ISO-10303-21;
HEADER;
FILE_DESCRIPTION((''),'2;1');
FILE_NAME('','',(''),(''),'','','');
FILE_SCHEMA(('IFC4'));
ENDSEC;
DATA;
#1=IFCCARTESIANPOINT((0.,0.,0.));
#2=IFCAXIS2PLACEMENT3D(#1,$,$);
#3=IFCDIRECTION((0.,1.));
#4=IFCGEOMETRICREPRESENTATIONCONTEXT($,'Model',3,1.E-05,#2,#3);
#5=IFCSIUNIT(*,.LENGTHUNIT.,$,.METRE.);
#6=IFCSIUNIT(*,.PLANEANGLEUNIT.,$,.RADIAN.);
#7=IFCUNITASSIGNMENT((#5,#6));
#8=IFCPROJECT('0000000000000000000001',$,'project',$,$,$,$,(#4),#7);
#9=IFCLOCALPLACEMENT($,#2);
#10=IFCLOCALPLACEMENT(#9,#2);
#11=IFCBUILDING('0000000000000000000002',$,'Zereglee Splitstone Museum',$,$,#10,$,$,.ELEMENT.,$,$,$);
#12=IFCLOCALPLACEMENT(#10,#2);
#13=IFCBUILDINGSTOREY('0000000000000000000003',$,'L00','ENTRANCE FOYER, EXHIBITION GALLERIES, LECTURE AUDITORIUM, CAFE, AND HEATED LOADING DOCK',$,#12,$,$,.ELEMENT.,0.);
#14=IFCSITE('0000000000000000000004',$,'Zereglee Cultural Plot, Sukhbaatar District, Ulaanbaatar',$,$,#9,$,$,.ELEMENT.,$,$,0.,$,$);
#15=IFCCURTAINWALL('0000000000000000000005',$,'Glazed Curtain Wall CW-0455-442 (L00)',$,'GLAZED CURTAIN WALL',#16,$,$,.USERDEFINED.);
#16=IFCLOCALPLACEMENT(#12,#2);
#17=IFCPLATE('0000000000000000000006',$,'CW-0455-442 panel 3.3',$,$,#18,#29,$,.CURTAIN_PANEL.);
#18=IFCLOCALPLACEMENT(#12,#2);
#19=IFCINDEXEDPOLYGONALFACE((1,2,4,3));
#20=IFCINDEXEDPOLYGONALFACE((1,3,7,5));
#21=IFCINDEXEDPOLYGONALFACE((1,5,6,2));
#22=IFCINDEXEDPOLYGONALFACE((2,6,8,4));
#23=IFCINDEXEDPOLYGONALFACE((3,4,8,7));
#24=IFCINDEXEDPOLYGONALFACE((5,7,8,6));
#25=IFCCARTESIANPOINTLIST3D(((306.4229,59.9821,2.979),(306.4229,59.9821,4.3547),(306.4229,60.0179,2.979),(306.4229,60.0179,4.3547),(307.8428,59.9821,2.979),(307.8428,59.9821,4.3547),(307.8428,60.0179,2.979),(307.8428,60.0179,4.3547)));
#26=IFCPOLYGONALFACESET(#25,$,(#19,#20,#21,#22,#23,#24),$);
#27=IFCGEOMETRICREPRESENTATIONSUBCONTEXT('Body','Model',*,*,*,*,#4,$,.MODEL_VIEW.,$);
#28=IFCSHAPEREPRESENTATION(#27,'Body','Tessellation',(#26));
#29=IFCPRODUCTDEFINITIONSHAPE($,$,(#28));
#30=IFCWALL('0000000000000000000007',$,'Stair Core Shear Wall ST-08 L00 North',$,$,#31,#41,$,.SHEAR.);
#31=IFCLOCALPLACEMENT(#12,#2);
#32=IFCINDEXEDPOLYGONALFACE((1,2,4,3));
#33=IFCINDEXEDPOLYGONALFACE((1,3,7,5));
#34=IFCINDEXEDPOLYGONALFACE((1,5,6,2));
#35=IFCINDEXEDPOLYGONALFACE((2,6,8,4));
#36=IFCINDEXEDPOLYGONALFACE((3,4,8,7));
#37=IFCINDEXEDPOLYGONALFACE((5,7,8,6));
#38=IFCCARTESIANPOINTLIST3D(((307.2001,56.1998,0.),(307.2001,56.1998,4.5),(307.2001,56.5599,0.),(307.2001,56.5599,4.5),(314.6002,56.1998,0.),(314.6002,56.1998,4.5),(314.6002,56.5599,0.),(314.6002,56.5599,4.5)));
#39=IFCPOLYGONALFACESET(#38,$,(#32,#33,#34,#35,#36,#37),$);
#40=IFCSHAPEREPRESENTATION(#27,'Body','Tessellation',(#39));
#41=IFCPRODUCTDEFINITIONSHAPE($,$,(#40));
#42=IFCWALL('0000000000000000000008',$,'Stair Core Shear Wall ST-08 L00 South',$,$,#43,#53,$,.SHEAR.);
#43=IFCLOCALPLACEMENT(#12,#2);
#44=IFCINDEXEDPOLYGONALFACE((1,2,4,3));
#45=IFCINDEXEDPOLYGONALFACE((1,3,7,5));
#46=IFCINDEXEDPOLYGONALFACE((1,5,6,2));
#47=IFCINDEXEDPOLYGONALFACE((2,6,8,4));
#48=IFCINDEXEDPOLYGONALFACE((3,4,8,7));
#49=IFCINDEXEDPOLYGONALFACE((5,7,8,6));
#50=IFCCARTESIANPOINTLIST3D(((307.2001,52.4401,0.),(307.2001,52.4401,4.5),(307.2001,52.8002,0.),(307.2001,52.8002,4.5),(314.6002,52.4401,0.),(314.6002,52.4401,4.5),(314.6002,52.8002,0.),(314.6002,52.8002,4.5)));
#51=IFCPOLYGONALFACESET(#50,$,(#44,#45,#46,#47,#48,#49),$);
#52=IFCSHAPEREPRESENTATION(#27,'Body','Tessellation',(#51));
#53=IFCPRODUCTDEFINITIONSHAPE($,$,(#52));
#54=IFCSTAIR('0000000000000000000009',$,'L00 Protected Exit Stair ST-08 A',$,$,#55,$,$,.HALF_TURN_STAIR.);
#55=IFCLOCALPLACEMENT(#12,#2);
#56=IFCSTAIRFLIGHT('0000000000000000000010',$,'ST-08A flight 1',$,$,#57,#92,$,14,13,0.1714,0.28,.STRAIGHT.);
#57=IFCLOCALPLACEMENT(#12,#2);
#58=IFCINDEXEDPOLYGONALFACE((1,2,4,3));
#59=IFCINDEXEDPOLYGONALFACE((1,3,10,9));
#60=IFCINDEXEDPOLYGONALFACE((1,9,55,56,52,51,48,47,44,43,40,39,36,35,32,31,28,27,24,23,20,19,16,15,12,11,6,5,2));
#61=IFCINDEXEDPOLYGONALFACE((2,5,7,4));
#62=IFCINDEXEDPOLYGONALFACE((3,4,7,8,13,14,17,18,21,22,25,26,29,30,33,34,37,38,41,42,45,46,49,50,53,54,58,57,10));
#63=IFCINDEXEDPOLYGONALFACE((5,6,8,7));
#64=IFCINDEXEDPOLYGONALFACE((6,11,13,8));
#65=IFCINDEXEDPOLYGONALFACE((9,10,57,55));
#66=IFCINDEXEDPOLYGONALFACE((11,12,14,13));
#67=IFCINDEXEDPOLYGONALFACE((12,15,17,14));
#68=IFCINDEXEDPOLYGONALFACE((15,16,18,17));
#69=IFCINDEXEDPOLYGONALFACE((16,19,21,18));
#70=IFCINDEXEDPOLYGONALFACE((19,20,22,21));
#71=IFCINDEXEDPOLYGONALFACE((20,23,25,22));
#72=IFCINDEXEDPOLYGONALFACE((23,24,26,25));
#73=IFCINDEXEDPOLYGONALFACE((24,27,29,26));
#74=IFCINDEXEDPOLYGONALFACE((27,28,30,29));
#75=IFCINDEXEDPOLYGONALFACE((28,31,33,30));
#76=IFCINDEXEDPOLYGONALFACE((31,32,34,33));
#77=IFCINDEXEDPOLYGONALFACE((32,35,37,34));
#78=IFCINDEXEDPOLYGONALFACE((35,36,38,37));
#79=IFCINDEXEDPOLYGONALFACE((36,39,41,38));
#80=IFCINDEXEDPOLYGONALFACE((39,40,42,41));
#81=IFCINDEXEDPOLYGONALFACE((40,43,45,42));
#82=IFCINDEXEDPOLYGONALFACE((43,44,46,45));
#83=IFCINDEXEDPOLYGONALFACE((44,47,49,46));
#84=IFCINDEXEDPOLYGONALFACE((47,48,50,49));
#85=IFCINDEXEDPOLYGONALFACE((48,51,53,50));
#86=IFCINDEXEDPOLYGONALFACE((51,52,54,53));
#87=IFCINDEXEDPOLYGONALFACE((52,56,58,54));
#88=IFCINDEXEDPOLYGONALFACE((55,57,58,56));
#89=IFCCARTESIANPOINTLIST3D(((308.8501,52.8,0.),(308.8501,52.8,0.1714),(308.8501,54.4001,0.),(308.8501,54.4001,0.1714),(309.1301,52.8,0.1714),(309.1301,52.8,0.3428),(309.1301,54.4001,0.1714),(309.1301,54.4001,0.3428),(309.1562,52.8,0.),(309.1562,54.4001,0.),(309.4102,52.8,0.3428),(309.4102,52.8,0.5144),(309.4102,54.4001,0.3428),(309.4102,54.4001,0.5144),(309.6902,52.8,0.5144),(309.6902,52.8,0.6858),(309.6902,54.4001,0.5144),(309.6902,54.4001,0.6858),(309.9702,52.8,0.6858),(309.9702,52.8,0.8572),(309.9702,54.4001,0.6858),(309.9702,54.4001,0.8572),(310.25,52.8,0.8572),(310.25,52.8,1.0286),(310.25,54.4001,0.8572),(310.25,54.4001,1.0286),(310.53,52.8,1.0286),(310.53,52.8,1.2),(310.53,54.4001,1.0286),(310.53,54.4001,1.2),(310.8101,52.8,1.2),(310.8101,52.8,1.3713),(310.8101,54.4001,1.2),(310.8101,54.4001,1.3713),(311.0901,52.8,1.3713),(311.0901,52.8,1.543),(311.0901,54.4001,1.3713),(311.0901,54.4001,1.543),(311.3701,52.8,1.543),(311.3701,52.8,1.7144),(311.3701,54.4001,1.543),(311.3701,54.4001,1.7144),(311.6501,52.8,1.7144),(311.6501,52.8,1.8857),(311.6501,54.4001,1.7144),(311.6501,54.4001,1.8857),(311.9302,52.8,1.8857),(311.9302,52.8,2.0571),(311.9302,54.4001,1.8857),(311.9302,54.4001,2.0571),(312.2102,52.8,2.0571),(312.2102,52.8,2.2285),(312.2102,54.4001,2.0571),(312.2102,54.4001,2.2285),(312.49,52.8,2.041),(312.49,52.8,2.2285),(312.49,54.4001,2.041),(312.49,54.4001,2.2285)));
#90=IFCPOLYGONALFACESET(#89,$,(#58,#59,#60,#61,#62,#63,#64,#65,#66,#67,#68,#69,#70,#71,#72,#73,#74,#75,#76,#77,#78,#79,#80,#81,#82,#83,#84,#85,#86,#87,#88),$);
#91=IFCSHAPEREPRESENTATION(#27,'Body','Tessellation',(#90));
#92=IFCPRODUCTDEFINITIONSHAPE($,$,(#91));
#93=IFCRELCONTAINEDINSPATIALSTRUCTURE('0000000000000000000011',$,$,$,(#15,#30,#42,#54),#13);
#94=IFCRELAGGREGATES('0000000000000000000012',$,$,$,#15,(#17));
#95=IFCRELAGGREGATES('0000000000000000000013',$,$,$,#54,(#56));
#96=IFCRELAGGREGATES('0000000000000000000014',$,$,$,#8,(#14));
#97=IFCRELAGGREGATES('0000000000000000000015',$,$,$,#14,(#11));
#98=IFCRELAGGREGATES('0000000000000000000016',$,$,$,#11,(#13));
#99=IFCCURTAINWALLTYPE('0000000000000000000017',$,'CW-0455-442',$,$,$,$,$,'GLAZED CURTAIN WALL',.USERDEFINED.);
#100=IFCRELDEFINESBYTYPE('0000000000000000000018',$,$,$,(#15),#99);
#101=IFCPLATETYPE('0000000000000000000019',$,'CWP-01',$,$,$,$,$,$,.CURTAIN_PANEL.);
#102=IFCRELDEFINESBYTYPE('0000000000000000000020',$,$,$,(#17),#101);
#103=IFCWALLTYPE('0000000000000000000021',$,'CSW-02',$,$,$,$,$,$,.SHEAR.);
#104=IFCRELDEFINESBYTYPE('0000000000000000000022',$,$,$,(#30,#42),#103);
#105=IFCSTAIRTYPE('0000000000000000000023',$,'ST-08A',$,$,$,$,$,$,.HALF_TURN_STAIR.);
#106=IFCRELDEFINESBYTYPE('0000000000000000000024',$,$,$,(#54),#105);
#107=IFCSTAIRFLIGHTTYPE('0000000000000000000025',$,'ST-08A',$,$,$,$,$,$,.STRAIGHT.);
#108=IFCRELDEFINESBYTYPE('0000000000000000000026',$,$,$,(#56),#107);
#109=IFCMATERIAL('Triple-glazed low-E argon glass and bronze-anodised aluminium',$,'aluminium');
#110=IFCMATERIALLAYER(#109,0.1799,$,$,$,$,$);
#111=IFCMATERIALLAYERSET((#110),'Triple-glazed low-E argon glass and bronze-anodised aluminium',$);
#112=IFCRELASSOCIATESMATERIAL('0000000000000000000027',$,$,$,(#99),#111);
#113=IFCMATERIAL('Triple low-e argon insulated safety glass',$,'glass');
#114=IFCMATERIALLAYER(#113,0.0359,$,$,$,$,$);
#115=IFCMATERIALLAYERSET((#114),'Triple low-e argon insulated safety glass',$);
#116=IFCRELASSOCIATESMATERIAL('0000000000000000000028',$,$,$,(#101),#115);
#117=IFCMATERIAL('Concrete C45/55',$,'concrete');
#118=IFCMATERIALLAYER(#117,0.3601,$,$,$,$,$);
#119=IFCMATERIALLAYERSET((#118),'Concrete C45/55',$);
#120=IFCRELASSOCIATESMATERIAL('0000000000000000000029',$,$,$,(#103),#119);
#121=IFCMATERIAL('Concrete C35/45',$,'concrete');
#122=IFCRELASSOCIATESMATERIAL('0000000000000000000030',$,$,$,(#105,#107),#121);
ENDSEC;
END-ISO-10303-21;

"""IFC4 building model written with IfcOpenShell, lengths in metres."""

from ifc_helpers import new_model, si_unit, direction, frame, frame_2d, origin, origin_2d, place, context, subcontext, project, spatial, polyline, rectangle, outline, extrude, material, layer, layer_set, type_object, element, aggregate, save


model = new_model("IFC4")

# Units and contexts
model_context = context("Model", 3, precision=1e-05, world=origin(), true_north=direction((0.0, 1.0)))
body_context = subcontext(model_context, "Body", "Model", "MODEL_VIEW")
ifc_project = project(units=[si_unit("LENGTHUNIT", "METRE"), si_unit("PLANEANGLEUNIT", "RADIAN")], contexts=[model_context])

# Site, building, storey
site_placement = place(None, origin())
site = spatial("IfcSite", under=ifc_project, at=site_placement, Name="Zereglee Cultural Plot, Sukhbaatar District, Ulaanbaatar", CompositionType="ELEMENT", RefElevation=0.0)
building_placement = place(site_placement, origin())
building = spatial("IfcBuilding", under=site, at=building_placement, Name="Zereglee Splitstone Museum", CompositionType="ELEMENT")
storey_placement = place(building_placement, origin())
storey = spatial("IfcBuildingStorey", under=building, at=storey_placement, Name="L00", Description="ENTRANCE FOYER, EXHIBITION GALLERIES, LECTURE AUDITORIUM, CAFE, AND HEATED LOADING DOCK", CompositionType="ELEMENT", Elevation=0.0)

# Curtain wall, plate
ifc_material_1 = material(Name="Triple-glazed low-E argon glass and bronze-anodised aluminium", Category="aluminium")
ifc_layer_1 = layer(ifc_material_1, 0.1799)
ifc_layer_set_1 = layer_set([ifc_layer_1], Name="Triple-glazed low-E argon glass and bronze-anodised aluminium")
curtain_wall_type = type_object("IfcCurtainWallType", Name="CW-0455-442", ElementType="GLAZED CURTAIN WALL", PredefinedType="USERDEFINED", material=ifc_layer_set_1)
curtain_wall_placement = place(storey_placement, origin())
curtain_wall = element("IfcCurtainWall", 1, at=curtain_wall_placement, inside=storey, type_object=curtain_wall_type, Name="Glazed Curtain Wall CW-0455-442 (L00)", ObjectType="GLAZED CURTAIN WALL", PredefinedType="USERDEFINED")
ifc_material_2 = material(Name="Triple low-e argon insulated safety glass", Category="glass")
ifc_layer_2 = layer(ifc_material_2, 0.0359)
ifc_layer_set_2 = layer_set([ifc_layer_2], Name="Triple low-e argon insulated safety glass")
plate_type = type_object("IfcPlateType", Name="CWP-01", PredefinedType="CURTAIN_PANEL", material=ifc_layer_set_2)
plate_1_placement = place(storey_placement, frame((307.1328, 60.0, 2.979), z_axis=(0.0, 0.0, 1.0), x_axis=(-1.0, 0.0, 0.0)))
plate_1 = element("IfcPlate", 2, at=plate_1_placement, type_object=plate_type, Name="CW-0455-442 panel 3.3", PredefinedType="CURTAIN_PANEL", context=body_context, shape_type="SweptSolid", body=[
    extrude(rectangle(XDim=1.4199, YDim=0.0359, at=origin_2d()), origin(), (0.0, 0.0, 1.0), 1.3757),
])
aggregate(curtain_wall, [plate_1])

# Walls
ifc_material_3 = material(Name="Concrete C45/55", Category="concrete")
ifc_layer_3 = layer(ifc_material_3, 0.3601)
ifc_layer_set_3 = layer_set([ifc_layer_3], Name="Concrete C45/55")
wall_type = type_object("IfcWallType", Name="CSW-02", PredefinedType="SHEAR", material=ifc_layer_set_3)
for number, where, z_axis, x_axis, name in (
    (3, (307.2, 56.3799, 0.0), (0.0, 0.0, 1.0), (1.0, 0.0, 0.0), "Stair Core Shear Wall ST-08 L00 North"),
    (4, (307.2, 52.6201, 0.0), (0.0, 0.0, 1.0), (1.0, 0.0, 0.0), "Stair Core Shear Wall ST-08 L00 South"),
):
    element("IfcWall", number, at=place(storey_placement, frame(where, z_axis=z_axis, x_axis=x_axis)), inside=storey, type_object=wall_type, Name=name, PredefinedType="SHEAR", context=body_context, shape_type="SweptSolid", body=[
        extrude(rectangle(XDim=7.4001, YDim=0.3601, at=frame_2d((3.7002, 0.0))), origin(), (0.0, 0.0, 1.0), 4.5),
    ])

# Stair, stair flight
ifc_material_4 = material(Name="Concrete C35/45", Category="concrete")
stair_type = type_object("IfcStairType", Name="ST-08A", PredefinedType="HALF_TURN_STAIR", material=ifc_material_4)
stair_placement = place(storey_placement, origin())
stair = element("IfcStair", 5, at=stair_placement, inside=storey, type_object=stair_type, Name="L00 Protected Exit Stair ST-08 A", PredefinedType="HALF_TURN_STAIR")
stair_flight_type = type_object("IfcStairFlightType", Name="ST-08A", PredefinedType="STRAIGHT", material=ifc_material_4)
stair_flight_placement = place(storey_placement, frame((308.8501, 53.6001, 0.0), z_axis=(0.0, 0.0, 1.0), x_axis=(1.0, 0.0, 0.0)))
stair_flight = element("IfcStairFlight", 6, at=stair_flight_placement, type_object=stair_flight_type, Name="ST-08A flight 1", NumberOfRisers=14, NumberOfTreads=13, PredefinedType="STRAIGHT", RiserHeight=0.1714, TreadLength=0.28, context=body_context, shape_type="SweptSolid", body=[
    extrude(outline(polyline([(0.0, 0.0), (0.0, 0.1714), (0.28, 0.1714), (0.28, 0.3428), (0.5601, 0.3428), (0.5601, 0.5144), (0.8401, 0.5144), (0.8401, 0.6858), (1.1201, 0.6858), (1.1201, 0.8572), (1.3999, 0.8572), (1.3999, 1.0286), (1.6799, 1.0286), (1.6799, 1.2), (1.96, 1.2), (1.96, 1.3713), (2.24, 1.3713), (2.24, 1.543), (2.52, 1.543), (2.52, 1.7144), (2.8, 1.7144), (2.8, 1.8857), (3.0801, 1.8857), (3.0801, 2.0571), (3.3601, 2.0571), (3.3601, 2.2285), (3.6399, 2.2285), (3.6399, 2.3999), (3.6399, 2.041), (0.3062, 0.0), (0.0, 0.0)])), frame((0.0, 0.8, 0.0), z_axis=(0.0, -1.0, 0.0), x_axis=(1.0, 0.0, 0.0)), (0.0, 0.0, 1.0), 1.6001),
])
aggregate(stair, [stair_flight])

save(model, "model.ifc")
